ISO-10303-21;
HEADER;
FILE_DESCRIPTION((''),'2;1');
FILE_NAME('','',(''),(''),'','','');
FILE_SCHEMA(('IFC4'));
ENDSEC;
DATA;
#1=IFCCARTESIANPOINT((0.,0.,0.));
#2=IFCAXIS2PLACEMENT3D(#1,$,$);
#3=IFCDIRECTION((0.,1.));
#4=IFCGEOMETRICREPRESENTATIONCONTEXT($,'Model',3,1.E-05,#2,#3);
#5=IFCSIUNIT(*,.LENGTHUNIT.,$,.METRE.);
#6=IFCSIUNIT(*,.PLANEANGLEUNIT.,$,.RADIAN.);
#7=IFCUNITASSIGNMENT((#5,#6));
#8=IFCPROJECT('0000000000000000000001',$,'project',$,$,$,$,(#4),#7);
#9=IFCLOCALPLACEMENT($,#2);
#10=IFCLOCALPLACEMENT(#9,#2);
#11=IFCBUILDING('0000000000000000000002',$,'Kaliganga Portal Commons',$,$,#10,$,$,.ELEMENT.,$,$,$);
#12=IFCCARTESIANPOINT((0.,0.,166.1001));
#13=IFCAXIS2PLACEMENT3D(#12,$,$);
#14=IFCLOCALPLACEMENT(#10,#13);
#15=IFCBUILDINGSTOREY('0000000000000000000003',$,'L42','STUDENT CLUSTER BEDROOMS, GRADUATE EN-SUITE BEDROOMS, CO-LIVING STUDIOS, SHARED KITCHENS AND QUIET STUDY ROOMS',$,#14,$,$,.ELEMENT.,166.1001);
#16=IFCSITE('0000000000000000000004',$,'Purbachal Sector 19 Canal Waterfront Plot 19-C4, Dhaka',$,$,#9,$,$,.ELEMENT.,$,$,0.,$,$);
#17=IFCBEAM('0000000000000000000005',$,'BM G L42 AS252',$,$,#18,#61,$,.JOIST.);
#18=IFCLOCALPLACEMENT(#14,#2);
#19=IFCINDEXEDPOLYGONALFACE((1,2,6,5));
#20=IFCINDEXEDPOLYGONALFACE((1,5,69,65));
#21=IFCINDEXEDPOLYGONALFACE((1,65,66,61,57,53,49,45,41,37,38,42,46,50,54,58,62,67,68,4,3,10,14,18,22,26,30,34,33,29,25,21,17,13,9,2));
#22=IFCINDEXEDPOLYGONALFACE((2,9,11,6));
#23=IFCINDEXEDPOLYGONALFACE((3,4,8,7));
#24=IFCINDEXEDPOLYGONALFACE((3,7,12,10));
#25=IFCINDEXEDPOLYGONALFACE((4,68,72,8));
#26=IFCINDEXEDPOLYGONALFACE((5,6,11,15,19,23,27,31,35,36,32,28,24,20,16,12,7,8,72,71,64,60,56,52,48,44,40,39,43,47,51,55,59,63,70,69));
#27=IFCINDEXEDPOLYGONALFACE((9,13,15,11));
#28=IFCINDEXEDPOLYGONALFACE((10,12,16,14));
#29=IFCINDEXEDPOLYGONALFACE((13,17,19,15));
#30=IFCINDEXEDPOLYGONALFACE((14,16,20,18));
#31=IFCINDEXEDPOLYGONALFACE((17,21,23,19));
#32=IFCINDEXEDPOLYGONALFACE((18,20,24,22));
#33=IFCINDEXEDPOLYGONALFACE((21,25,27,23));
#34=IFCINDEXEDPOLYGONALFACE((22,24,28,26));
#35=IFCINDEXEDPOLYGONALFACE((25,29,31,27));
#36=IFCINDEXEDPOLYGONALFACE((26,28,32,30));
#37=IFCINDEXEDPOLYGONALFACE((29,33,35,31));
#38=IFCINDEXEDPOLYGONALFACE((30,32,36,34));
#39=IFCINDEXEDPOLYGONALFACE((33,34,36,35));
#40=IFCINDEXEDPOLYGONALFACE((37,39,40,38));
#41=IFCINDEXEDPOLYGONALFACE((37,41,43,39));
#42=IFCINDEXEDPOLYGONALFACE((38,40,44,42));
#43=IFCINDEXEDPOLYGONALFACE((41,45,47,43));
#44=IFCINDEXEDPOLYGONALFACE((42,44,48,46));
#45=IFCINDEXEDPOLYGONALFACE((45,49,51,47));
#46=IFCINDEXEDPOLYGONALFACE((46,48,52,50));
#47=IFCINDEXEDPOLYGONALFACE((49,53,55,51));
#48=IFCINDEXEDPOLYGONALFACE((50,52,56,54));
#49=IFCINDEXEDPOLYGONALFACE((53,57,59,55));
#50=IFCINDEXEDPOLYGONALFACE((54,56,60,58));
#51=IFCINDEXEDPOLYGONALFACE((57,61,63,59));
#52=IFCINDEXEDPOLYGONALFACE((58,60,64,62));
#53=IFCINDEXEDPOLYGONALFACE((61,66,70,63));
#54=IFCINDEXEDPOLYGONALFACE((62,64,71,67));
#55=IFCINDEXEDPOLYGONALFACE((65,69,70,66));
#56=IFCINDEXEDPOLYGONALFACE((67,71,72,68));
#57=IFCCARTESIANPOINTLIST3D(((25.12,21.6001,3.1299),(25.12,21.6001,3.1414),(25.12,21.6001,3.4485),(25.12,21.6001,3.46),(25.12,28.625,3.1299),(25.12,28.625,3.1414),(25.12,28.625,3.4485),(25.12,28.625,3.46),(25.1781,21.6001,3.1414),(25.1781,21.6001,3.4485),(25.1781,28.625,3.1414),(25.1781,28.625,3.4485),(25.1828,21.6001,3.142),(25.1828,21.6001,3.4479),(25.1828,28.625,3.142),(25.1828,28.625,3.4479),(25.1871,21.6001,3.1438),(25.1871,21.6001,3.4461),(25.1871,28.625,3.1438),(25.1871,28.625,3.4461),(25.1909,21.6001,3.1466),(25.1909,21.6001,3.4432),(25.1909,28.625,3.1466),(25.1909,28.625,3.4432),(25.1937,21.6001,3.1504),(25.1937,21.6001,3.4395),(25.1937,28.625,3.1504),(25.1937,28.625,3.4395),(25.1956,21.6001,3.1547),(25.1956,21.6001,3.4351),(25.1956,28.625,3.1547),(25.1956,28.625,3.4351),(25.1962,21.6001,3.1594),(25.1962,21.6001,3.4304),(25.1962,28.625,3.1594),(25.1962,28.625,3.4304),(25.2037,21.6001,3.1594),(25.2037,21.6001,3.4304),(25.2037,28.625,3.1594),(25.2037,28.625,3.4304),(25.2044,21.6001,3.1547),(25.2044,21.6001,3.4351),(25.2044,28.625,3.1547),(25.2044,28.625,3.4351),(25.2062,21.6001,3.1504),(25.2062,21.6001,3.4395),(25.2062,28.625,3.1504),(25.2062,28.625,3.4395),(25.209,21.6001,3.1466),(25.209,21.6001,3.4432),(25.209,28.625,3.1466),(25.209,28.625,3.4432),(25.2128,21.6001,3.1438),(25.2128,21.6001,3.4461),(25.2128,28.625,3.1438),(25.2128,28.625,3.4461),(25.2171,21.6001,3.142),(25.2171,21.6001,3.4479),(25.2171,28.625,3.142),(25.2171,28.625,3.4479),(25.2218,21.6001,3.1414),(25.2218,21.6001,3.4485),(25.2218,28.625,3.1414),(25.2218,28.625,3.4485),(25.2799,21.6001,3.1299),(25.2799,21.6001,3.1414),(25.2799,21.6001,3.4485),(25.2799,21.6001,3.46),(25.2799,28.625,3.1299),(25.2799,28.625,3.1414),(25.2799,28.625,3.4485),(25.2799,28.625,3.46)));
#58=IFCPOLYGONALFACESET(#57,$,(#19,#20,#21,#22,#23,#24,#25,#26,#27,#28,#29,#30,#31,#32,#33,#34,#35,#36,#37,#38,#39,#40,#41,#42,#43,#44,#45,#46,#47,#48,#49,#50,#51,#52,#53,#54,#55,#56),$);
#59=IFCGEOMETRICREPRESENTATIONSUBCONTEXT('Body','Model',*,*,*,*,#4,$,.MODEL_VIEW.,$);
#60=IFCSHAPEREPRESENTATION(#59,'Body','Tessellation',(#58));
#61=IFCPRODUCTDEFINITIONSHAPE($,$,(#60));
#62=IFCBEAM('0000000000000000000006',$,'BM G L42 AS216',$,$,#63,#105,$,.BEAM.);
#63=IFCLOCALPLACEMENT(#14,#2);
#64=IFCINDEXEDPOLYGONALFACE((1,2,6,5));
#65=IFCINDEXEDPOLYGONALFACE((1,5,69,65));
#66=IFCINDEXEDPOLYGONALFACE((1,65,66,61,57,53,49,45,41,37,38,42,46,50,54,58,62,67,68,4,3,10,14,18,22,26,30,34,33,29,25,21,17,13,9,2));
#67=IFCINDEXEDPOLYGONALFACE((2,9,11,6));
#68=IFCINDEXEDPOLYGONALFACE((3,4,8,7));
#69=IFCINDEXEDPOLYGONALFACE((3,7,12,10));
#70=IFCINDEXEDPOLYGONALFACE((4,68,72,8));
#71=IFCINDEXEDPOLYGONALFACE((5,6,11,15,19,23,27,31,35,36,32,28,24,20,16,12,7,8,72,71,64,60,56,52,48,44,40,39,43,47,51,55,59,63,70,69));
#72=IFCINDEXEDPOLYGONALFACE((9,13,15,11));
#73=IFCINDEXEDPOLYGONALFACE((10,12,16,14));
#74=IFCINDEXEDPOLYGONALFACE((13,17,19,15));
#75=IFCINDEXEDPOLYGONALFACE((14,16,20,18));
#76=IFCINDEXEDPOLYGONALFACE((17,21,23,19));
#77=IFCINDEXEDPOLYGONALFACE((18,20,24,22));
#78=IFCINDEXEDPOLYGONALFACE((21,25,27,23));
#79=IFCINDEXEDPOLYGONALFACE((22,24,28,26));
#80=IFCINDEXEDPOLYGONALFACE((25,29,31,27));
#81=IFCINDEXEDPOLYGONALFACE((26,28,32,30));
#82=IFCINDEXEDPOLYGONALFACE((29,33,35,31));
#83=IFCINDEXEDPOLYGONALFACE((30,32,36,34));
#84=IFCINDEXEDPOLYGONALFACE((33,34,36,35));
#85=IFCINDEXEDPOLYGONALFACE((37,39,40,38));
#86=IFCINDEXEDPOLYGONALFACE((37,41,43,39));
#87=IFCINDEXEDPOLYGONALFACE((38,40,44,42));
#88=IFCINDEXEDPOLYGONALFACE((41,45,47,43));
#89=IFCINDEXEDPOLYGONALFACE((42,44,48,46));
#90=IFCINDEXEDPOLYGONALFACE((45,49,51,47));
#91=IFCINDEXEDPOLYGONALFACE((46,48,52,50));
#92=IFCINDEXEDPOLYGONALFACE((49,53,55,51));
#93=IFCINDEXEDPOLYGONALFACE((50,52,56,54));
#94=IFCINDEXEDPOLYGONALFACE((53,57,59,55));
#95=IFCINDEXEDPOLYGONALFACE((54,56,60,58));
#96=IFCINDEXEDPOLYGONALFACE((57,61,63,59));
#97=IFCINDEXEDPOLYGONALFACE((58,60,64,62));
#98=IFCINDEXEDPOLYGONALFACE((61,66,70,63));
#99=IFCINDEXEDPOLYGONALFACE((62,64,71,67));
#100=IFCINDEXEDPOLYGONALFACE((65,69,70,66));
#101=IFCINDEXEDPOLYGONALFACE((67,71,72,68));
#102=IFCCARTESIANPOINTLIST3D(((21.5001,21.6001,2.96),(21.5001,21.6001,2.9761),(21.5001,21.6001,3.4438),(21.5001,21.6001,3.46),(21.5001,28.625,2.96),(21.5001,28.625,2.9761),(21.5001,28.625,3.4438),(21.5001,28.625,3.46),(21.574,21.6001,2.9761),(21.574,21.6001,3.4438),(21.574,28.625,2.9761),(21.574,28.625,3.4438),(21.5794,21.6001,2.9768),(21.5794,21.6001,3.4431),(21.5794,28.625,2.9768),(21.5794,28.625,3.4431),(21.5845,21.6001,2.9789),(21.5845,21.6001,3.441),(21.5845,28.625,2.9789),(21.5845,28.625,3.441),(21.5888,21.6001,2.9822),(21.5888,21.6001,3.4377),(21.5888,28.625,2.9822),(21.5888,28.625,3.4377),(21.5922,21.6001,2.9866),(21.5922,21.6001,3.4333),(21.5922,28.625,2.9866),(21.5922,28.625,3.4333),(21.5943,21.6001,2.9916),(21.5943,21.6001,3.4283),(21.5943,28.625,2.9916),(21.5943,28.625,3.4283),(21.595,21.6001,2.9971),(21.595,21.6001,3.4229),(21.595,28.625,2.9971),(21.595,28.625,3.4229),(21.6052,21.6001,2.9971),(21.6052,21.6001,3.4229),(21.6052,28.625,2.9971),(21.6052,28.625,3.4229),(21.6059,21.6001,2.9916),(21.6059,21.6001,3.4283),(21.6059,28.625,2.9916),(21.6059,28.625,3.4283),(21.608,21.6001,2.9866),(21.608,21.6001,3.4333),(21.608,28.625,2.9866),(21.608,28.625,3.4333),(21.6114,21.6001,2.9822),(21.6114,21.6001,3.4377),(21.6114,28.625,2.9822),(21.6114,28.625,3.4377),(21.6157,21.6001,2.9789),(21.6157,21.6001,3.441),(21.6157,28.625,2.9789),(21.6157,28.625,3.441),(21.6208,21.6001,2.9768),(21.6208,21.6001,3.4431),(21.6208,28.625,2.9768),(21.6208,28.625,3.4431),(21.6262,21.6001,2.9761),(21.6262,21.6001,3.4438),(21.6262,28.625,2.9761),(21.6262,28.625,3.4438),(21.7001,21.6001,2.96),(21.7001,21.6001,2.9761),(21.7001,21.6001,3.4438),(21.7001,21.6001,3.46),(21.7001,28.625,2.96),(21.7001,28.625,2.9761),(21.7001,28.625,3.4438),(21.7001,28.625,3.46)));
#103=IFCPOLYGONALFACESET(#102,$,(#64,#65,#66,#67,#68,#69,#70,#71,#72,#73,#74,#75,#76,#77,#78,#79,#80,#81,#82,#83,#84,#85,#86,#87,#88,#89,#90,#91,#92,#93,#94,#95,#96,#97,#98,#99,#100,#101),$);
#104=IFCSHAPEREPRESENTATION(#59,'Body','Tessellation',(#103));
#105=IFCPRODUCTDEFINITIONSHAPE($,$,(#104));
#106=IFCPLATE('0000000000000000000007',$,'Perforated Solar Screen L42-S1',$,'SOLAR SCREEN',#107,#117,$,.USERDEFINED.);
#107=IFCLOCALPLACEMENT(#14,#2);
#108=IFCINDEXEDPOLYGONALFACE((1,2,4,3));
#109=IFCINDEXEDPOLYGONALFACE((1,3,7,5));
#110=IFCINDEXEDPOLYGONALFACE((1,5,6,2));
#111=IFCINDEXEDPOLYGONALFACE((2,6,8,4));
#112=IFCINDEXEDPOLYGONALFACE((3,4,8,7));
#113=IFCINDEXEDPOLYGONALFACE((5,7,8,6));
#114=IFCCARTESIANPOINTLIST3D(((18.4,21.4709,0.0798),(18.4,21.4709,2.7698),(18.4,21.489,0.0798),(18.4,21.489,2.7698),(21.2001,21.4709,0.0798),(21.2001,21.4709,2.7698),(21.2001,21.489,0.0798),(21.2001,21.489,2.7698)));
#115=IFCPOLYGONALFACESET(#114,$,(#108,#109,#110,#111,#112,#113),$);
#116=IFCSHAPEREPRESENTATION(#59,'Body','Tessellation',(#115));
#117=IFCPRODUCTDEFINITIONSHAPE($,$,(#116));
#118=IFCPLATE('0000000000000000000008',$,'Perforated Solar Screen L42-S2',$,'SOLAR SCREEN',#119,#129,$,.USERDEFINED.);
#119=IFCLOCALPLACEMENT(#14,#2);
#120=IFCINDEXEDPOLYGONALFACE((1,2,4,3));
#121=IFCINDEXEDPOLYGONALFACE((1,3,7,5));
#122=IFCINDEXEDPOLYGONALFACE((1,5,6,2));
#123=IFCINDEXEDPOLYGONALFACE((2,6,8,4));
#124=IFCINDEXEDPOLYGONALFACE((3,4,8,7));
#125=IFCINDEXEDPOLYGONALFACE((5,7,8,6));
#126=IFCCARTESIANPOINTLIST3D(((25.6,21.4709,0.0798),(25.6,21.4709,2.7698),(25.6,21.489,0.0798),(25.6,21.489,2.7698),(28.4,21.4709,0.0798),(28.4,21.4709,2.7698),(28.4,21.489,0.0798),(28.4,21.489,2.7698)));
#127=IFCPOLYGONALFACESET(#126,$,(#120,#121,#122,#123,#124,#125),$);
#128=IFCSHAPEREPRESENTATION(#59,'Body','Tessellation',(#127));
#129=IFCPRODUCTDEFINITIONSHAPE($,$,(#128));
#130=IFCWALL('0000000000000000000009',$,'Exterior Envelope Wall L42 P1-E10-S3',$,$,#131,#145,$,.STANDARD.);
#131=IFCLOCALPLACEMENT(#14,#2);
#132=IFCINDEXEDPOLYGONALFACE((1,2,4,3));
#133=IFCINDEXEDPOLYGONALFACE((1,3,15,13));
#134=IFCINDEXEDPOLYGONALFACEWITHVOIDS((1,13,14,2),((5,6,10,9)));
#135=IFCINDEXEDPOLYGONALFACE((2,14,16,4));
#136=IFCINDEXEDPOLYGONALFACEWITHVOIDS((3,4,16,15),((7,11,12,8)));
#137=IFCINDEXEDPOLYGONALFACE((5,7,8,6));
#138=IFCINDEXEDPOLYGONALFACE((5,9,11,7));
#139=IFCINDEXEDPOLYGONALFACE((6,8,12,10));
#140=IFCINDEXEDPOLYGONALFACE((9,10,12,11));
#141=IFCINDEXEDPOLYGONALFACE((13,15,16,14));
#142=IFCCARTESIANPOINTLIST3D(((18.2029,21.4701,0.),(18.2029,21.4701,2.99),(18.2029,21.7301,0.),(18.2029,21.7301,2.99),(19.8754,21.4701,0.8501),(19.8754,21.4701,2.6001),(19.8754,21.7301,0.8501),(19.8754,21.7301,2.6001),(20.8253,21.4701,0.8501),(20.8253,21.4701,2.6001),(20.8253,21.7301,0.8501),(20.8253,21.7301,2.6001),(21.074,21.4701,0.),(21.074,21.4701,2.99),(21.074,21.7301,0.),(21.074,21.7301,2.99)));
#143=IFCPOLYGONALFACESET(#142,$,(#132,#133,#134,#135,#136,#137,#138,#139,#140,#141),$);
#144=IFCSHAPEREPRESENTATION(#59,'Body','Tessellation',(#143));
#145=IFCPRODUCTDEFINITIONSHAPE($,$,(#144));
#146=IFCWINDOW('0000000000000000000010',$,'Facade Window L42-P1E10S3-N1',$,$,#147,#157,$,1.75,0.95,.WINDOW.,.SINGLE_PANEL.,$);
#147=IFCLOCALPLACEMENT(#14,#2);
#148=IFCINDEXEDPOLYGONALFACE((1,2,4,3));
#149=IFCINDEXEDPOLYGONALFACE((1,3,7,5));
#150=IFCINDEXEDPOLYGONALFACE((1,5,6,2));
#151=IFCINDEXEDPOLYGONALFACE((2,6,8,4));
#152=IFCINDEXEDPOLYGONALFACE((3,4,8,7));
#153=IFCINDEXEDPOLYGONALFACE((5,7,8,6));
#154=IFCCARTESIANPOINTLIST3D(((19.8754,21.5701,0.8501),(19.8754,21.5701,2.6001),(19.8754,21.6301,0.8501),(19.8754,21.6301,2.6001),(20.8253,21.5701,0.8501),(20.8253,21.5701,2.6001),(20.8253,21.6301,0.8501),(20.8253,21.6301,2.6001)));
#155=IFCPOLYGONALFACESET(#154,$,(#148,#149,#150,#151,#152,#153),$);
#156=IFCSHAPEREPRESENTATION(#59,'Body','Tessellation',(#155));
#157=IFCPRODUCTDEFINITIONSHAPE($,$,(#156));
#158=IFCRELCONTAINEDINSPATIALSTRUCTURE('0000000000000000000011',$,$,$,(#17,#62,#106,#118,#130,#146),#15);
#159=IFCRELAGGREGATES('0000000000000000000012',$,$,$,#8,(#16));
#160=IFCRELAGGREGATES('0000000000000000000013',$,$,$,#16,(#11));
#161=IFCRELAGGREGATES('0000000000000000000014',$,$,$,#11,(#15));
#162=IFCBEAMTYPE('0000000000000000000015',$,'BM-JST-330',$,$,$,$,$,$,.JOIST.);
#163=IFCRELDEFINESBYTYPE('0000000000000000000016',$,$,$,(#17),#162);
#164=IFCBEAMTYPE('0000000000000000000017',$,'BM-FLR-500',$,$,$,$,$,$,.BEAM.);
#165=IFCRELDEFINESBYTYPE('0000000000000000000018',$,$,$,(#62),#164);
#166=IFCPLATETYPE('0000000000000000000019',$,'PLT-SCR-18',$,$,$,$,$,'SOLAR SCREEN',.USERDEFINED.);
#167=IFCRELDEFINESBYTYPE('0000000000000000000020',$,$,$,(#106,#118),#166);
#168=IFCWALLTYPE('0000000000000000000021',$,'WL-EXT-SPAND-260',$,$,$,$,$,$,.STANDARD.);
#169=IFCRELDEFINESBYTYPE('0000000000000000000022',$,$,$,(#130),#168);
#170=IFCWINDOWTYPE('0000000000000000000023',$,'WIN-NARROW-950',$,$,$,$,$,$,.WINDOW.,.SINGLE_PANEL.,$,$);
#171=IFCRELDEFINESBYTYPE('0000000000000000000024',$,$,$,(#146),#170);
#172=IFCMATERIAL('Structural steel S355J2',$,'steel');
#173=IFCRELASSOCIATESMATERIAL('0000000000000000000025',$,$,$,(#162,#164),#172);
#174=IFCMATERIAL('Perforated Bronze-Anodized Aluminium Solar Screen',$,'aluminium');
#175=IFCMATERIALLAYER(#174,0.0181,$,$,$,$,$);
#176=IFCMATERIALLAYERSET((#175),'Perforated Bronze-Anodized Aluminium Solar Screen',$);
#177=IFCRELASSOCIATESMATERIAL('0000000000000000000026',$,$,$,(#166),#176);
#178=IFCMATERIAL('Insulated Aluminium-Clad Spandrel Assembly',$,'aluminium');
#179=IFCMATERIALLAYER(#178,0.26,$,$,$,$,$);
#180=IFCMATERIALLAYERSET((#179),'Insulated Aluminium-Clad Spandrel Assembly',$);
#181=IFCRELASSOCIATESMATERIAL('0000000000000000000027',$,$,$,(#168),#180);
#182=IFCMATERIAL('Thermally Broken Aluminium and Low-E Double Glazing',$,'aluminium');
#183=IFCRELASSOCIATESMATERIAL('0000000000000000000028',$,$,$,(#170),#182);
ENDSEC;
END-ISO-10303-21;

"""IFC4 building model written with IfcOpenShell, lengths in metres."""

from ifc_helpers import new_model, si_unit, direction, frame, frame_2d, origin, origin_2d, place, context, subcontext, project, spatial, rectangle, i_section, extrude, source, transform, mapped, material, layer, layer_set, material_profile, profile_set, type_object, element, fill, save


model = new_model("IFC4")

# Units and contexts
model_context = context("Model", 3, precision=1e-05, world=origin(), true_north=direction((0.0, 1.0)))
body_context = subcontext(model_context, "Body", "Model", "MODEL_VIEW")
ifc_project = project(units=[si_unit("LENGTHUNIT", "METRE"), si_unit("PLANEANGLEUNIT", "RADIAN")], contexts=[model_context])

# Site, building, storey
site_placement = place(None, origin())
site = spatial("IfcSite", under=ifc_project, at=site_placement, Name="Purbachal Sector 19 Canal Waterfront Plot 19-C4, Dhaka", CompositionType="ELEMENT", RefElevation=0.0)
building_placement = place(site_placement, origin())
building = spatial("IfcBuilding", under=site, at=building_placement, Name="Kaliganga Portal Commons", CompositionType="ELEMENT")
storey_placement = place(building_placement, frame((0.0, 0.0, 166.1001)))
storey = spatial("IfcBuildingStorey", under=building, at=storey_placement, Name="L42", Description="STUDENT CLUSTER BEDROOMS, GRADUATE EN-SUITE BEDROOMS, CO-LIVING STUDIOS, SHARED KITCHENS AND QUIET STUDY ROOMS", CompositionType="ELEMENT", Elevation=166.1001)

# Beams
ifc_material_1 = material(Name="Structural steel S355J2", Category="steel")
ifc_material_profile_1 = material_profile(ifc_material_1, i_section(OverallWidth=0.1599, OverallDepth=0.3301, WebThickness=0.0076, FlangeThickness=0.0115, FilletRadius=0.0181, at=origin_2d()), Name="IPE 330")
ifc_profile_set_1 = profile_set([ifc_material_profile_1], Name="Structural steel S355J2 wide-flange")
beam_type_1 = type_object("IfcBeamType", Name="BM-JST-330", PredefinedType="JOIST", material=ifc_profile_set_1)
shared_shape_1 = source(origin(), body_context, "Body", "SweptSolid", [
    extrude(i_section(OverallWidth=0.1599, OverallDepth=0.3301, WebThickness=0.0076, FlangeThickness=0.0115, FilletRadius=0.0181, at=origin_2d()), origin(), (0.0, 0.0, 1.0), 7.0249),
])
beam_1_placement = place(storey_placement, frame((25.2, 21.6001, 3.2949), z_axis=(0.0, 1.0, 0.0), x_axis=(-1.0, 0.0, 0.0)))
element("IfcBeam", 1, at=beam_1_placement, inside=storey, type_object=beam_type_1, Name="BM G L42 AS252", PredefinedType="JOIST", context=body_context, shape_type="MappedRepresentation", body=[
    mapped(shared_shape_1, transform((0.0, 0.0, 0.0), x_axis=(1.0, 0.0, 0.0), y_axis=(0.0, 1.0, 0.0), z_axis=(0.0, 0.0, 1.0), scale=1.0)),
])
ifc_material_profile_2 = material_profile(ifc_material_1, i_section(OverallWidth=0.2, OverallDepth=0.5, WebThickness=0.0103, FlangeThickness=0.0161, FilletRadius=0.021, at=origin_2d()), Name="IPE 500")
ifc_profile_set_2 = profile_set([ifc_material_profile_2], Name="Structural steel S355J2 wide-flange")
beam_type_2 = type_object("IfcBeamType", Name="BM-FLR-500", PredefinedType="BEAM", material=ifc_profile_set_2)
shared_shape_2 = source(origin(), body_context, "Body", "SweptSolid", [
    extrude(i_section(OverallWidth=0.2, OverallDepth=0.5, WebThickness=0.0103, FlangeThickness=0.0161, FilletRadius=0.021, at=origin_2d()), origin(), (0.0, 0.0, 1.0), 7.0249),
])
beam_2_placement = place(storey_placement, frame((21.6001, 21.6001, 3.21), z_axis=(0.0, 1.0, 0.0), x_axis=(-1.0, 0.0, 0.0)))
element("IfcBeam", 2, at=beam_2_placement, inside=storey, type_object=beam_type_2, Name="BM G L42 AS216", PredefinedType="BEAM", context=body_context, shape_type="MappedRepresentation", body=[
    mapped(shared_shape_2, transform((0.0, 0.0, 0.0), x_axis=(1.0, 0.0, 0.0), y_axis=(0.0, 1.0, 0.0), z_axis=(0.0, 0.0, 1.0), scale=1.0)),
])

# Plates
ifc_material_2 = material(Name="Perforated Bronze-Anodized Aluminium Solar Screen", Category="aluminium")
ifc_layer_1 = layer(ifc_material_2, 0.0181)
ifc_layer_set_1 = layer_set([ifc_layer_1], Name="Perforated Bronze-Anodized Aluminium Solar Screen")
plate_type = type_object("IfcPlateType", Name="PLT-SCR-18", ElementType="SOLAR SCREEN", PredefinedType="USERDEFINED", material=ifc_layer_set_1)
shared_shape_3 = source(origin(), body_context, "Body", "SweptSolid", [
    extrude(rectangle(XDim=2.8, YDim=0.0181, at=origin_2d()), origin(), (0.0, 0.0, 1.0), 2.6899),
])
for number, where, z_axis, x_axis, name in (
    (3, (19.8, 21.48, 0.0798), (0.0, 0.0, 1.0), (1.0, 0.0, 0.0), "Perforated Solar Screen L42-S1"),
    (4, (27.0, 21.48, 0.0798), (0.0, 0.0, 1.0), (1.0, 0.0, 0.0), "Perforated Solar Screen L42-S2"),
):
    element("IfcPlate", number, at=place(storey_placement, frame(where, z_axis=z_axis, x_axis=x_axis)), inside=storey, type_object=plate_type, Name=name, ObjectType="SOLAR SCREEN", PredefinedType="USERDEFINED", context=body_context, shape_type="MappedRepresentation", body=[
        mapped(shared_shape_3, transform((0.0, 0.0, 0.0), x_axis=(1.0, 0.0, 0.0), y_axis=(0.0, 1.0, 0.0), z_axis=(0.0, 0.0, 1.0), scale=1.0)),
    ])

# Wall, opening, window
ifc_material_3 = material(Name="Insulated Aluminium-Clad Spandrel Assembly", Category="aluminium")
ifc_layer_2 = layer(ifc_material_3, 0.26)
ifc_layer_set_2 = layer_set([ifc_layer_2], Name="Insulated Aluminium-Clad Spandrel Assembly")
wall_type_1 = type_object("IfcWallType", Name="WL-EXT-SPAND-260", PredefinedType="STANDARD", material=ifc_layer_set_2)
wall_1_placement = place(storey_placement, frame((21.074, 21.6001, 0.0), z_axis=(0.0, 0.0, 1.0), x_axis=(-1.0, 0.0, 0.0)))
wall_1 = element("IfcWall", 5, at=wall_1_placement, inside=storey, type_object=wall_type_1, Name="Exterior Envelope Wall L42 P1-E10-S3", PredefinedType="STANDARD", context=body_context, shape_type="SweptSolid", body=[
    extrude(rectangle(XDim=2.8711, YDim=0.26, at=frame_2d((1.4355, 0.0))), origin(), (0.0, 0.0, 1.0), 2.99),
])
opening_1_placement = place(wall_1_placement, frame((0.2485, 0.0, 0.8501)))
opening_1 = element("IfcOpeningElement", 6, at=opening_1_placement, cuts=wall_1, PredefinedType="OPENING", context=body_context, shape_type="SweptSolid", body=[
    extrude(rectangle(XDim=0.95, YDim=1.75, at=frame_2d((0.4751, 0.875))), frame((0.0, 0.1401, 0.0), z_axis=(0.0, -1.0, 0.0), x_axis=(1.0, 0.0, 0.0)), (0.0, 0.0, 1.0), 0.28),
])
ifc_material_4 = material(Name="Thermally Broken Aluminium and Low-E Double Glazing", Category="aluminium")
window_type_1 = type_object("IfcWindowType", Name="WIN-NARROW-950", PartitioningType="SINGLE_PANEL", PredefinedType="WINDOW", material=ifc_material_4)
window_1_placement = place(opening_1_placement, origin())
window_1 = element("IfcWindow", 7, at=window_1_placement, inside=storey, type_object=window_type_1, Name="Facade Window L42-P1E10S3-N1", OverallHeight=1.75, OverallWidth=0.95, PartitioningType="SINGLE_PANEL", PredefinedType="WINDOW", context=body_context, shape_type="SweptSolid", body=[
    extrude(rectangle(XDim=0.95, YDim=1.75, at=frame_2d((0.4751, 0.875))), frame((0.0, 0.03, 0.0), z_axis=(0.0, -1.0, 0.0), x_axis=(1.0, 0.0, 0.0)), (0.0, 0.0, 1.0), 0.0601),
])
fill(opening_1, window_1)

save(model, "model.ifc")
